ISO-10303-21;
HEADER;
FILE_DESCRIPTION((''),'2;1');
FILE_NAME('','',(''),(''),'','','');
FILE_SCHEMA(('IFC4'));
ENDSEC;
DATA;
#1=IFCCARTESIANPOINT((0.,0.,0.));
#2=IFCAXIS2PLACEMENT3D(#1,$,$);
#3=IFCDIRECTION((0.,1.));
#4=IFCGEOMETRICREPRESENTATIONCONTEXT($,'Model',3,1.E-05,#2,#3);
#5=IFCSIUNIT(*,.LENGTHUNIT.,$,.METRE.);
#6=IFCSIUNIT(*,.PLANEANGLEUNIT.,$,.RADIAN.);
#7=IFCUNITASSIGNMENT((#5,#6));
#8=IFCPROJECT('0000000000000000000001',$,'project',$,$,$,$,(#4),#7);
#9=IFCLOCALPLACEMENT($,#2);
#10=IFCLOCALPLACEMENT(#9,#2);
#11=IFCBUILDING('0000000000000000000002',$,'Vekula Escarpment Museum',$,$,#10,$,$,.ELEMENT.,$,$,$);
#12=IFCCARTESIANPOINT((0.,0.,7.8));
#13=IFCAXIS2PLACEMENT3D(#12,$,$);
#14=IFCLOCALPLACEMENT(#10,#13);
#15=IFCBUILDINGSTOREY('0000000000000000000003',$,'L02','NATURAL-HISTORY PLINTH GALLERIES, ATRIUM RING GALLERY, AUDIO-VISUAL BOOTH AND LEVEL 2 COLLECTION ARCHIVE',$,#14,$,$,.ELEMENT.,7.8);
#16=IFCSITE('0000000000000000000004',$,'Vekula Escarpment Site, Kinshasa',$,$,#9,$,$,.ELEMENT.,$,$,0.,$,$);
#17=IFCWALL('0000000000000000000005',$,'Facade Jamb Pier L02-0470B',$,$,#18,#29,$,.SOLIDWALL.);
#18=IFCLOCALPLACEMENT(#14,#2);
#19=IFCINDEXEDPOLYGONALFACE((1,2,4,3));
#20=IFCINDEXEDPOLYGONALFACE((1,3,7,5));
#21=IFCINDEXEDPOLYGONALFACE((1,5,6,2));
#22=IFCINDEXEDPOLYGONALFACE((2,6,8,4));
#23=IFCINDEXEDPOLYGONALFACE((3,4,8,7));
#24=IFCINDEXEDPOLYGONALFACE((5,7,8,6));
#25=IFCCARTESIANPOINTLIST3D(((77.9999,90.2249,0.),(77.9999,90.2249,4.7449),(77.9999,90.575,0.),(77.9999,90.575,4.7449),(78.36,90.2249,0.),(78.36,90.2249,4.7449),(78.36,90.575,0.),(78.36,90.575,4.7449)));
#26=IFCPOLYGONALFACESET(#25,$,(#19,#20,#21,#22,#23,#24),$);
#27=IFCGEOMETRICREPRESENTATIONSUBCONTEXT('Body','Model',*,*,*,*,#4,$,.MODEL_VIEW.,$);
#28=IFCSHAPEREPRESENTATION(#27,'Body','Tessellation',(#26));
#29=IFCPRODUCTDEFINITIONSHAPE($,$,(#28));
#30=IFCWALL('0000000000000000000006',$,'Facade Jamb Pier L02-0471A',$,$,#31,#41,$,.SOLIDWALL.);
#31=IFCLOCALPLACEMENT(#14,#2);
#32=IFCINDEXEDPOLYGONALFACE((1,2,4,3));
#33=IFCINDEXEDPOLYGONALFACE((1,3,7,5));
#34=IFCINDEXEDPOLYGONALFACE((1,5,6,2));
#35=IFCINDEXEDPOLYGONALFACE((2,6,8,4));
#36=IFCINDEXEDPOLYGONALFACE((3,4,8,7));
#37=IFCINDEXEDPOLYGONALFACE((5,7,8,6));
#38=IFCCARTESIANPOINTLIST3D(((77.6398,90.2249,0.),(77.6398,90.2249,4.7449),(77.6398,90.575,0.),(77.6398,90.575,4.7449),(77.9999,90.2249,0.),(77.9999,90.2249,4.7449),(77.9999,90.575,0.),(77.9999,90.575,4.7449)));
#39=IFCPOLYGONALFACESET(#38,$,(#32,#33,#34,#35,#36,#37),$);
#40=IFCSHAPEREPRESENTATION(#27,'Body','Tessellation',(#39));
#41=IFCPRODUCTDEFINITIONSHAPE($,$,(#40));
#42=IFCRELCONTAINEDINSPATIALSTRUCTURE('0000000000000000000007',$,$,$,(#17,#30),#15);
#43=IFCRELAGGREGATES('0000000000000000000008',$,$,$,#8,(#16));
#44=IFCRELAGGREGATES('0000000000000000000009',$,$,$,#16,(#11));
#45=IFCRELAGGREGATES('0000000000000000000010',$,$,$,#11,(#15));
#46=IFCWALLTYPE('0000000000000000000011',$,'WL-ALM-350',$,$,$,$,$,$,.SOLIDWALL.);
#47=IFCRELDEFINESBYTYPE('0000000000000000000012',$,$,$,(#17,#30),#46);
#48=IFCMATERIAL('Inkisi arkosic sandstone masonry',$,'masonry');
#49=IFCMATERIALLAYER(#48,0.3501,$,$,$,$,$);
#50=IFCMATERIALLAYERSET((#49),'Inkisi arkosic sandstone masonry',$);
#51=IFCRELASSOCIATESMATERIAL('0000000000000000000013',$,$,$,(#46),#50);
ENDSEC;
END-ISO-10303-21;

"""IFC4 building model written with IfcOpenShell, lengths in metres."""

from ifc_helpers import new_model, si_unit, direction, frame, frame_2d, origin, place, context, subcontext, project, spatial, rectangle, extrude, material, layer, layer_set, type_object, element, save


model = new_model("IFC4")

# Units and contexts
model_context = context("Model", 3, precision=1e-05, world=origin(), true_north=direction((0.0, 1.0)))
body_context = subcontext(model_context, "Body", "Model", "MODEL_VIEW")
ifc_project = project(units=[si_unit("LENGTHUNIT", "METRE"), si_unit("PLANEANGLEUNIT", "RADIAN")], contexts=[model_context])

# Site, building, storey
site_placement = place(None, origin())
site = spatial("IfcSite", under=ifc_project, at=site_placement, Name="Vekula Escarpment Site, Kinshasa", CompositionType="ELEMENT", RefElevation=0.0)
building_placement = place(site_placement, origin())
building = spatial("IfcBuilding", under=site, at=building_placement, Name="Vekula Escarpment Museum", CompositionType="ELEMENT")
storey_placement = place(building_placement, frame((0.0, 0.0, 7.8)))
storey = spatial("IfcBuildingStorey", under=building, at=storey_placement, Name="L02", Description="NATURAL-HISTORY PLINTH GALLERIES, ATRIUM RING GALLERY, AUDIO-VISUAL BOOTH AND LEVEL 2 COLLECTION ARCHIVE", CompositionType="ELEMENT", Elevation=7.8)

# Walls
ifc_material_1 = material(Name="Inkisi arkosic sandstone masonry", Category="masonry")
ifc_layer_1 = layer(ifc_material_1, 0.3501)
ifc_layer_set_1 = layer_set([ifc_layer_1], Name="Inkisi arkosic sandstone masonry")
wall_type = type_object("IfcWallType", Name="WL-ALM-350", PredefinedType="SOLIDWALL", material=ifc_layer_set_1)
for number, where, z_axis, x_axis, name in (
    (1, (78.3601, 90.3999, 0.0), (0.0, 0.0, 1.0), (-1.0, 0.0, 0.0), "Facade Jamb Pier L02-0470B"),
    (2, (78.0, 90.3999, 0.0), (0.0, 0.0, 1.0), (-1.0, 0.0, 0.0), "Facade Jamb Pier L02-0471A"),
):
    element("IfcWall", number, at=place(storey_placement, frame(where, z_axis=z_axis, x_axis=x_axis)), inside=storey, type_object=wall_type, Name=name, PredefinedType="SOLIDWALL", context=body_context, shape_type="SweptSolid", body=[
        extrude(rectangle(XDim=0.3601, YDim=0.3501, at=frame_2d((0.1802, 0.0))), origin(), (0.0, 0.0, 1.0), 4.7449),
    ])

save(model, "model.ifc")
